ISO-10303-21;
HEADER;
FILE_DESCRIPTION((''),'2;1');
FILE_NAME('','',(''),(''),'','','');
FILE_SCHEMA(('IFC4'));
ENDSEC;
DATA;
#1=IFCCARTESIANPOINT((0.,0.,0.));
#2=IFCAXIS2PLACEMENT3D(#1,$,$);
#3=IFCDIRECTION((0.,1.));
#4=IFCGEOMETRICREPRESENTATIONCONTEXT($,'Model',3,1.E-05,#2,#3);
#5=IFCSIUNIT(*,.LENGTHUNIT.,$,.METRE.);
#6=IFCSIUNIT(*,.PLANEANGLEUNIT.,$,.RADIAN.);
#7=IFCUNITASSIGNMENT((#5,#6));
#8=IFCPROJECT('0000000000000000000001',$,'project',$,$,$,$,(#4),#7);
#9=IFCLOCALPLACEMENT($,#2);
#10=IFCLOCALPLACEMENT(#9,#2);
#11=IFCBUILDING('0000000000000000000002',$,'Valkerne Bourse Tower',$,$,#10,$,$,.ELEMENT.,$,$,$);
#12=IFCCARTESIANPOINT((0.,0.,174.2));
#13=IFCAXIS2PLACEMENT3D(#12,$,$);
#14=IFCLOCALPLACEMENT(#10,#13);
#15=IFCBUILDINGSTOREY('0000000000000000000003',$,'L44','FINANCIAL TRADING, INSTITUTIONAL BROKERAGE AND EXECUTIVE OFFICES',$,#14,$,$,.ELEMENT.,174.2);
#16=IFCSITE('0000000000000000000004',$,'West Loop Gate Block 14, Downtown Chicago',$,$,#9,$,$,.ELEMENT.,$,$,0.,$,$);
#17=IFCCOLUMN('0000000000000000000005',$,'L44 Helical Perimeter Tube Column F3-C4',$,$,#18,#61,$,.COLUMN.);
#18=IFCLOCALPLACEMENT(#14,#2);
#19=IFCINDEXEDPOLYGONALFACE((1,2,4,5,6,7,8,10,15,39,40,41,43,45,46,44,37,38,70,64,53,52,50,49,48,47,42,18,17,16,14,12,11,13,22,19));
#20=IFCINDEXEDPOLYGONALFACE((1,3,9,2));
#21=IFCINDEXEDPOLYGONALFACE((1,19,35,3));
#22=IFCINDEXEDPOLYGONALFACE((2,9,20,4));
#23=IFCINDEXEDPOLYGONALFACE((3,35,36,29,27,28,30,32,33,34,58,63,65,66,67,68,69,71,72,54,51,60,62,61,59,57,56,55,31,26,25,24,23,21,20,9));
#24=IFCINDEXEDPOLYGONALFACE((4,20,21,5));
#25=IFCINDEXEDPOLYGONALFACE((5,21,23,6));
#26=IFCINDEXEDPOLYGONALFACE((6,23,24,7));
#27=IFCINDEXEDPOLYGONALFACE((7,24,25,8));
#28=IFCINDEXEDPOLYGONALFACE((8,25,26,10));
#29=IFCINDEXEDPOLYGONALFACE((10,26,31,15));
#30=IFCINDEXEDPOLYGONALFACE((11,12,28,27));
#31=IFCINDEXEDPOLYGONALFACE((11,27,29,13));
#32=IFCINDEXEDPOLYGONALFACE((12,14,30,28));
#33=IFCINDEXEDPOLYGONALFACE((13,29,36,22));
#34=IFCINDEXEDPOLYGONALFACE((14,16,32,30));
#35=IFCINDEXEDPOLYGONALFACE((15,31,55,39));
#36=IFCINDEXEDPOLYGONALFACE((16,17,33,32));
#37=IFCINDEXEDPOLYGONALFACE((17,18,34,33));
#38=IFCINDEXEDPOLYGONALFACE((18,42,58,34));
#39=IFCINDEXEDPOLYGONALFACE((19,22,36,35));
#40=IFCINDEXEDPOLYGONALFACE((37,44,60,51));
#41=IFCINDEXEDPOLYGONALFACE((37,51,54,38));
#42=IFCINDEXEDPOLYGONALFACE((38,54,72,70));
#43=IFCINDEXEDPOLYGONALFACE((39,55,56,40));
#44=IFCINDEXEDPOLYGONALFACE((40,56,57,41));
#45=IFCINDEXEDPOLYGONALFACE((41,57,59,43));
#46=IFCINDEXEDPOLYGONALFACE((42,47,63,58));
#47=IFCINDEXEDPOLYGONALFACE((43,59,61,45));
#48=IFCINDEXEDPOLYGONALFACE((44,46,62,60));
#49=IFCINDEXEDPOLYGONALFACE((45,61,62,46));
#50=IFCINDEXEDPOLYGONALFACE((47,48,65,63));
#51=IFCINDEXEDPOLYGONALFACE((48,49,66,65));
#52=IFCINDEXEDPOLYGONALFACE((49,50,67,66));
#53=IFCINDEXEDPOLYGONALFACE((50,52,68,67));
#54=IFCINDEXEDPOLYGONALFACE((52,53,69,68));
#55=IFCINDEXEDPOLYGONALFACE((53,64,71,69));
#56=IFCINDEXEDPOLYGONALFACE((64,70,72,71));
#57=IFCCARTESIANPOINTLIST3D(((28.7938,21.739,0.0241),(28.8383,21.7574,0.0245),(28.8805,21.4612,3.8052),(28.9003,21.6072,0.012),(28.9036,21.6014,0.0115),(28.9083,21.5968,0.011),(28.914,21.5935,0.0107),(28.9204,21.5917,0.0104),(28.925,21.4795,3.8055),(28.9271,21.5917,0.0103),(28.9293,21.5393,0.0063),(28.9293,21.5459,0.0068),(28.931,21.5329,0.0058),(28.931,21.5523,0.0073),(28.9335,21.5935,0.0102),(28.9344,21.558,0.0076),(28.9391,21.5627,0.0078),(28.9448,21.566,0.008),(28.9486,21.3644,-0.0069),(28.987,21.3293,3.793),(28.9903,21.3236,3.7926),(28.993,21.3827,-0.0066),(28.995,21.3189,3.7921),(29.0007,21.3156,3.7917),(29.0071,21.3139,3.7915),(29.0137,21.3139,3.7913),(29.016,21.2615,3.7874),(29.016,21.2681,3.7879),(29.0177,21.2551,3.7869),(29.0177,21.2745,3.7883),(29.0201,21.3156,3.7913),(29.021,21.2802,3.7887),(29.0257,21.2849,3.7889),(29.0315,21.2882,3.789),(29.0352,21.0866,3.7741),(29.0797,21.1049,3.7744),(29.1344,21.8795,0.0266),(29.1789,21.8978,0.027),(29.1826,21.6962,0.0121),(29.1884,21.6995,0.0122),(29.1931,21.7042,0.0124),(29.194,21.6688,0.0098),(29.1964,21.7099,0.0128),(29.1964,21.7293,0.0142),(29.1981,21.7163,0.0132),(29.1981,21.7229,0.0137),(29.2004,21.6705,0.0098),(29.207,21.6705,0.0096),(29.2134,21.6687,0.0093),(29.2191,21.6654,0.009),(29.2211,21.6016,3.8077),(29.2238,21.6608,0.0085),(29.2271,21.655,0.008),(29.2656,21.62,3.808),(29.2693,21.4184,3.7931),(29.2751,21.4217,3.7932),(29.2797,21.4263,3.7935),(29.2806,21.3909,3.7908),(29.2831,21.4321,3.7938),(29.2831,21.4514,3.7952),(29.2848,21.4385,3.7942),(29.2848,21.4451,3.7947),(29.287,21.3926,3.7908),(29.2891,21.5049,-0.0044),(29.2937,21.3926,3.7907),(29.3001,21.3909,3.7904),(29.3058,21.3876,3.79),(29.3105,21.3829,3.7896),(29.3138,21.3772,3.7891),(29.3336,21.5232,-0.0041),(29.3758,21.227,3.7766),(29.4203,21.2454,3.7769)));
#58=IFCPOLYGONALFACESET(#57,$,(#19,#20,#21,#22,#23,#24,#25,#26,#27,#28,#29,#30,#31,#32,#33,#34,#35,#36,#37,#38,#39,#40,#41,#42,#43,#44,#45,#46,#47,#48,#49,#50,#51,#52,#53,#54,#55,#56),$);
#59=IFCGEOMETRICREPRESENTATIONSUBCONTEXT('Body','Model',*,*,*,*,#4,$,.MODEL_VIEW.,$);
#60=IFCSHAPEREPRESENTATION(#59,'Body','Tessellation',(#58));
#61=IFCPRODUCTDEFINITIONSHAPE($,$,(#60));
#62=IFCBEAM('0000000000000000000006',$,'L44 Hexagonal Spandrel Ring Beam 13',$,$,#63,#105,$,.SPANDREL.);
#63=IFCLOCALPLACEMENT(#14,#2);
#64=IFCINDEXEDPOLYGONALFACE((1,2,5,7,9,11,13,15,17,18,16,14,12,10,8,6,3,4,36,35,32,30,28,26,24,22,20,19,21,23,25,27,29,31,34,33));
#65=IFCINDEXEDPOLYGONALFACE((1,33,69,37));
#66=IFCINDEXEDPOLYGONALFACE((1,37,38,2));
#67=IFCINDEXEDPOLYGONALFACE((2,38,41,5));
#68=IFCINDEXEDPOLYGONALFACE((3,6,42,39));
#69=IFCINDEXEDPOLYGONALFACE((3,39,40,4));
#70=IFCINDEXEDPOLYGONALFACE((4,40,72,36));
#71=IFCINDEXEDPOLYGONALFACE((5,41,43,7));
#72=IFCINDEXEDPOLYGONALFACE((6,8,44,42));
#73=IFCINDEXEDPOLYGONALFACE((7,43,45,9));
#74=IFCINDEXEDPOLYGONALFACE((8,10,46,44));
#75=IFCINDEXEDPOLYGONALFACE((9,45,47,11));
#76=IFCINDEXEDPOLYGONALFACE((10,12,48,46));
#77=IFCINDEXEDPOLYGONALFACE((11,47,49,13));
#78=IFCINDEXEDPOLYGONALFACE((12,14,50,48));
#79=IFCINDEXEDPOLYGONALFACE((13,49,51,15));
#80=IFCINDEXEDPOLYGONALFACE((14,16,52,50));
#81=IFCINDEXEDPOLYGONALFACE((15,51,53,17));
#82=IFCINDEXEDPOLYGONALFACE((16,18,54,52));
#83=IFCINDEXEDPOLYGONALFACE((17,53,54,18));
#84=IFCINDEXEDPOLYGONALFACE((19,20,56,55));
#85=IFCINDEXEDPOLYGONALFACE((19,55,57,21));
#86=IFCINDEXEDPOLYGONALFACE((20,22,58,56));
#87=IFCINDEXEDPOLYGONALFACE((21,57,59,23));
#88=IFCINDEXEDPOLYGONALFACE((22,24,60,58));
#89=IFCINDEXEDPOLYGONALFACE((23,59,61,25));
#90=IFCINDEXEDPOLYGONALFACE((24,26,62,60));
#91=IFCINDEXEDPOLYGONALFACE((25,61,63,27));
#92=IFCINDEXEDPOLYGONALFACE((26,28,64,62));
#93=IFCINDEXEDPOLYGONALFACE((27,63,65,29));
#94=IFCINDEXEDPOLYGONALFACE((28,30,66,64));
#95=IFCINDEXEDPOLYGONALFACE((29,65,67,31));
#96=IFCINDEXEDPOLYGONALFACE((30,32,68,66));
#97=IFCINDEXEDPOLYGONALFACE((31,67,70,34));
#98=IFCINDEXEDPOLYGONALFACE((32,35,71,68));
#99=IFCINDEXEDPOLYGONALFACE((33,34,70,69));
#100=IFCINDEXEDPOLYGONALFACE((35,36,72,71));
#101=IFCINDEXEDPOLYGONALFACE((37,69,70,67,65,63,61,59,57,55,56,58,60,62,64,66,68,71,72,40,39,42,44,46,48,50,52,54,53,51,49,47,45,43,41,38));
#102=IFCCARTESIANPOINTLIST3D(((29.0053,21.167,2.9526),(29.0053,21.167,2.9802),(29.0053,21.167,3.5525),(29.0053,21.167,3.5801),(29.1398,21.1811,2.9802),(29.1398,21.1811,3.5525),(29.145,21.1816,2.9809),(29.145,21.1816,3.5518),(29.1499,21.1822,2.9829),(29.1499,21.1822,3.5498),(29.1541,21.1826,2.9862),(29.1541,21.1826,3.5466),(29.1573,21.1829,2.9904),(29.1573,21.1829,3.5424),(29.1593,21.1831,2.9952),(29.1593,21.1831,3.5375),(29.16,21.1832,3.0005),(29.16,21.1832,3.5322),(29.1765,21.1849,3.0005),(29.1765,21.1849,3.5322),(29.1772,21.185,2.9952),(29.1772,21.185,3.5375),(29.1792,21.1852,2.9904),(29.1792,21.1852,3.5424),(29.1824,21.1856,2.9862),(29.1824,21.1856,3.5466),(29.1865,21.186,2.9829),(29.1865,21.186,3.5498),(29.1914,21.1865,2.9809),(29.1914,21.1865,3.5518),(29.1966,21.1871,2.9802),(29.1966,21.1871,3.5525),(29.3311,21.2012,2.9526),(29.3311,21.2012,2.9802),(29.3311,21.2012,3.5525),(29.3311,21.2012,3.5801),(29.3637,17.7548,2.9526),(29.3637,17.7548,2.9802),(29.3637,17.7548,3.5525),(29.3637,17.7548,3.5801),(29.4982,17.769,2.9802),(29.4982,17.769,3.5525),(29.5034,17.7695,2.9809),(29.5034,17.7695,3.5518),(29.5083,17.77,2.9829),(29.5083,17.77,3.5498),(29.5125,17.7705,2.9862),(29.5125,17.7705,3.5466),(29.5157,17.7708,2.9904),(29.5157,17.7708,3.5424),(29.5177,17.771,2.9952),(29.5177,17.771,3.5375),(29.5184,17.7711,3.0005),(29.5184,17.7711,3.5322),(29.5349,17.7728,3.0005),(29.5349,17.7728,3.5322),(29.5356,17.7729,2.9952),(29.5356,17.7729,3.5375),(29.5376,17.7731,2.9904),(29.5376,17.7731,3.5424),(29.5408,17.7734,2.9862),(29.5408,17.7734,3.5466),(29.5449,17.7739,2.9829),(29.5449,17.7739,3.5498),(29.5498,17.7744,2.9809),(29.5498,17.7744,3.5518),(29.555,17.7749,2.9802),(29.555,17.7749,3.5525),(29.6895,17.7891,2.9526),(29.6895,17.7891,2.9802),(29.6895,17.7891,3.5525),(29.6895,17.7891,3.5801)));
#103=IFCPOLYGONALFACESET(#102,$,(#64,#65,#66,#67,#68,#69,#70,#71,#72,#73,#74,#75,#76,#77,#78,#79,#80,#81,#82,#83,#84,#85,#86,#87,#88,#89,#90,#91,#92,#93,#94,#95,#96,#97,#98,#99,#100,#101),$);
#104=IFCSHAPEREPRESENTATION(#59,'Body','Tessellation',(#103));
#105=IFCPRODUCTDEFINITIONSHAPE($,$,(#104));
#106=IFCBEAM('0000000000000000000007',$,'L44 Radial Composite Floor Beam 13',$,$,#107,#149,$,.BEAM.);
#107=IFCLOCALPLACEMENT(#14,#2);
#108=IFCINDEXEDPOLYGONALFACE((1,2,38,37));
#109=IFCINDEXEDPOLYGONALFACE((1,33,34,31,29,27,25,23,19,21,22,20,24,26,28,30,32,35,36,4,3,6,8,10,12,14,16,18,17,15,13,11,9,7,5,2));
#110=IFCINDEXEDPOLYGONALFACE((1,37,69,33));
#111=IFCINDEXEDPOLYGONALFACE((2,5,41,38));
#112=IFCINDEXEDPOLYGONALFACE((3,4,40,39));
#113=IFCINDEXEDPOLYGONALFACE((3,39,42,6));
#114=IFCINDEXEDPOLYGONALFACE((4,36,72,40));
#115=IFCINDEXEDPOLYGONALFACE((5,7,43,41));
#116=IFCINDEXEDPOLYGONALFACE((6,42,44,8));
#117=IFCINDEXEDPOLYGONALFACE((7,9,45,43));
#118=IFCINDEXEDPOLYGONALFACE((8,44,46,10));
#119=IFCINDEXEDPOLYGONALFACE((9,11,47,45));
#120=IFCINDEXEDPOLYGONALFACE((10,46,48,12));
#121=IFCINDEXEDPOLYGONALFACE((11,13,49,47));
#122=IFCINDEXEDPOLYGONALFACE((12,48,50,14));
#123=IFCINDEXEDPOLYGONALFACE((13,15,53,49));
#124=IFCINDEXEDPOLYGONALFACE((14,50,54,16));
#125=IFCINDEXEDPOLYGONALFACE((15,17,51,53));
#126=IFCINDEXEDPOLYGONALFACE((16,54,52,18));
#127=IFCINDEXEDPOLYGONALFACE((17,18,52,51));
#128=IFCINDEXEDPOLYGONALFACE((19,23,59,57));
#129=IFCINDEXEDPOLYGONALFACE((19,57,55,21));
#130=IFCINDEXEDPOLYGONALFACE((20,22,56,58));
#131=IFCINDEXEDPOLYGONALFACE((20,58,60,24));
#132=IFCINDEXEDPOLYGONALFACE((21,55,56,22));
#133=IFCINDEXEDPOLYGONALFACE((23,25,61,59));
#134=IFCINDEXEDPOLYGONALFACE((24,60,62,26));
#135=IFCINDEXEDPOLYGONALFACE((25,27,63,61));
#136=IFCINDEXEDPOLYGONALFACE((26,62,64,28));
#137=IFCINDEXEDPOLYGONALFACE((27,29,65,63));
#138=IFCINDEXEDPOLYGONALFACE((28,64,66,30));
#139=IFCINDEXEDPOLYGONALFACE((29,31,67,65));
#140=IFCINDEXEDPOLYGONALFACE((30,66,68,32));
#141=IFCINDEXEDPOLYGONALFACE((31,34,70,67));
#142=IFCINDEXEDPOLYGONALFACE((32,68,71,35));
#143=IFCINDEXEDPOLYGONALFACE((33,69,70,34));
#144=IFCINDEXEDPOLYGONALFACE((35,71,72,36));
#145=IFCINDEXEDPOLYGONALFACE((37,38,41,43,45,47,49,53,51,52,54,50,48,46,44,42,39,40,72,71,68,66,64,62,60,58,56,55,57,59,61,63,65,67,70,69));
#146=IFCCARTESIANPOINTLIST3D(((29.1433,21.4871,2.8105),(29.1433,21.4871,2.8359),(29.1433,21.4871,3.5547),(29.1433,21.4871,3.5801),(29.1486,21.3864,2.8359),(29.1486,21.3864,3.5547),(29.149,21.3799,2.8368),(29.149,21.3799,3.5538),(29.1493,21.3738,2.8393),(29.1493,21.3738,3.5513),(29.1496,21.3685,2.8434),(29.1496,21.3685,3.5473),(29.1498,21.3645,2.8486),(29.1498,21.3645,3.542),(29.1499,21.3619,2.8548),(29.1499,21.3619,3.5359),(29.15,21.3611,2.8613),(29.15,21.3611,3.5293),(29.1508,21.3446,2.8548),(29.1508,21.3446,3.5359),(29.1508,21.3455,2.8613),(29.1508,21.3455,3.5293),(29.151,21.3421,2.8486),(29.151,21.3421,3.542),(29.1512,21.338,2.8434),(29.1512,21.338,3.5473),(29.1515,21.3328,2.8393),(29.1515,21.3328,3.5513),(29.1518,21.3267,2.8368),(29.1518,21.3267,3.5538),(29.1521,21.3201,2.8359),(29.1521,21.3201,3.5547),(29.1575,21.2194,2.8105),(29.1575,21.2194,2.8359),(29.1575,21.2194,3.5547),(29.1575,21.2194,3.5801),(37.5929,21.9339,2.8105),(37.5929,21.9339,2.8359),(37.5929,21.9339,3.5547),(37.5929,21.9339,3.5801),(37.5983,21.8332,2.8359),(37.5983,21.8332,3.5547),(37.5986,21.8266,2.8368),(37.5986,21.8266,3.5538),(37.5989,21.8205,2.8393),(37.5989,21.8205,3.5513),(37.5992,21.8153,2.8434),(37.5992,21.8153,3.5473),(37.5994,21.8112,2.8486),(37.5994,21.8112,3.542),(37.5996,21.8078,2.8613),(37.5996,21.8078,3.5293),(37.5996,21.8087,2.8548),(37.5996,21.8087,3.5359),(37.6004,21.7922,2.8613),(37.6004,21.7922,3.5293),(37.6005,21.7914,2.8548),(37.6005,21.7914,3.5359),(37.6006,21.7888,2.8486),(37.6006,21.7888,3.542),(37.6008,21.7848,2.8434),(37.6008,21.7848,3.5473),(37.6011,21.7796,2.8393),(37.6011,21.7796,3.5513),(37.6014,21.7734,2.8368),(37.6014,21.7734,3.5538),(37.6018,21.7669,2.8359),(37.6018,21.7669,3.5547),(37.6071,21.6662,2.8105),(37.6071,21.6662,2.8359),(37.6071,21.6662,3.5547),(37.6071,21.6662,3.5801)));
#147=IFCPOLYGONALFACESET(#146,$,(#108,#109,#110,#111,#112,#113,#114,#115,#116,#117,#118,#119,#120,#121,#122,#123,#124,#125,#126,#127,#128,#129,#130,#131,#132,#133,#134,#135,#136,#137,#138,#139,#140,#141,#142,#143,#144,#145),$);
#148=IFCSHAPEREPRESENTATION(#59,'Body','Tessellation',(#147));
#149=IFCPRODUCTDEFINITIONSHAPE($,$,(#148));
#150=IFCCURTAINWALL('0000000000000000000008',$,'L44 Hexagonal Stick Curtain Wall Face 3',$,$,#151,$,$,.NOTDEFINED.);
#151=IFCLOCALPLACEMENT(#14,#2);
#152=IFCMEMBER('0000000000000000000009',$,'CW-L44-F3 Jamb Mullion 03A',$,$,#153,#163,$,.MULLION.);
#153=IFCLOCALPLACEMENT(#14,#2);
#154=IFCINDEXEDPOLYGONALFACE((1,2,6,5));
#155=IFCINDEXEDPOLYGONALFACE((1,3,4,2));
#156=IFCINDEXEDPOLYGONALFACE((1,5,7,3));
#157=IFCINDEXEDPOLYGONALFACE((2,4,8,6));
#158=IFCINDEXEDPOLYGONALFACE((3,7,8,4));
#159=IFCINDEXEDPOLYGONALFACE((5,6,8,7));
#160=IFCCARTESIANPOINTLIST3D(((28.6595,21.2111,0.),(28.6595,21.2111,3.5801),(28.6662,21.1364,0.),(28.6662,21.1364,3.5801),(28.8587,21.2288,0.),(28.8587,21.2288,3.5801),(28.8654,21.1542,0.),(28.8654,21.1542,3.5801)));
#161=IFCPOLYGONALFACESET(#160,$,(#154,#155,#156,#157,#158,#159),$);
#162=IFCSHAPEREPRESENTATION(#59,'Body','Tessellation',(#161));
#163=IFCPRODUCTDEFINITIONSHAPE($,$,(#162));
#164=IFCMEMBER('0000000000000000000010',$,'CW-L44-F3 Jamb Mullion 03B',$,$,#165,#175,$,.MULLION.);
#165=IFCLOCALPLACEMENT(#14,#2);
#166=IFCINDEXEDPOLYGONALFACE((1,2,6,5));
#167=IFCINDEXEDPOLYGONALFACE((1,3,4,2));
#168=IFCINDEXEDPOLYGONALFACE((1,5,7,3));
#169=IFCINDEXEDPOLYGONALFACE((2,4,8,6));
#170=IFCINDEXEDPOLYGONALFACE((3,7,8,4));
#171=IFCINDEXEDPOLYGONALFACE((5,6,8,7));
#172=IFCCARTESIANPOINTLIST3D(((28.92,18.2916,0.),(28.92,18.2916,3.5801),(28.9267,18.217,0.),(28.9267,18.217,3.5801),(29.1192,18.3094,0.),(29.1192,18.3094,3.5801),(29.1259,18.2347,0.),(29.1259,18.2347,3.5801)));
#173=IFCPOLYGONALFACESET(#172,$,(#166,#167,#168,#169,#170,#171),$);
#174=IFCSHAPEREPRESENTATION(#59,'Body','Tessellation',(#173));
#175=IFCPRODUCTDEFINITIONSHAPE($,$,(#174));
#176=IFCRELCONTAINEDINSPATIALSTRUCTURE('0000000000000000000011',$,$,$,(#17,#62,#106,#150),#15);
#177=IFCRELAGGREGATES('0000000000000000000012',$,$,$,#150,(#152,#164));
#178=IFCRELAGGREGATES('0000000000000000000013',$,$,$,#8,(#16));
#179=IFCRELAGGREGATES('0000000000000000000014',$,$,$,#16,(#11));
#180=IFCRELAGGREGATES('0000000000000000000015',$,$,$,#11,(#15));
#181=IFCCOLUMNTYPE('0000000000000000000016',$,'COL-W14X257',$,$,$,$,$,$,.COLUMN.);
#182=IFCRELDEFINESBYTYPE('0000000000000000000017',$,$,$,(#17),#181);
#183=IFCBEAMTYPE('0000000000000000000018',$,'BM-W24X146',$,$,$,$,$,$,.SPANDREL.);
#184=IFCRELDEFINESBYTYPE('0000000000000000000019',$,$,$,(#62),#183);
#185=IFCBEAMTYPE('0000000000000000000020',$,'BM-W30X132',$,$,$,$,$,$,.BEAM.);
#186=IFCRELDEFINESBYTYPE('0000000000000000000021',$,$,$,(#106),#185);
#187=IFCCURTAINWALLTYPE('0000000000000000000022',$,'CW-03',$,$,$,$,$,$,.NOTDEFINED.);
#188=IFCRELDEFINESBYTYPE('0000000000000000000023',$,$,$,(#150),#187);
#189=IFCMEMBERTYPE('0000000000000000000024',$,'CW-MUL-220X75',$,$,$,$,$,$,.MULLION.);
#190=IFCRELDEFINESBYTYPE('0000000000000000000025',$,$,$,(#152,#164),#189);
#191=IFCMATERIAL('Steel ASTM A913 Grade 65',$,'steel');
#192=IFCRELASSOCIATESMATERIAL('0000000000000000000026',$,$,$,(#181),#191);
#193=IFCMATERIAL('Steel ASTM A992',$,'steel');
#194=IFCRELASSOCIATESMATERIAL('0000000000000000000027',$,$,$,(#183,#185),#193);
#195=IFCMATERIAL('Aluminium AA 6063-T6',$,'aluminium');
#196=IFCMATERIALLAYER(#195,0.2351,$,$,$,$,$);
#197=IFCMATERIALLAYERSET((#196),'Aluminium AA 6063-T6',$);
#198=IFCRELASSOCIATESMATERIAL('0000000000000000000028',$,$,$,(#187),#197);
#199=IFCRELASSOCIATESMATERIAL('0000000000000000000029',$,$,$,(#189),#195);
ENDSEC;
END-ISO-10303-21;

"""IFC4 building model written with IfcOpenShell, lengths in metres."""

from ifc_helpers import new_model, si_unit, direction, frame, origin, origin_2d, place, context, subcontext, project, spatial, rectangle, i_section, extrude, material, layer, layer_set, material_profile, profile_set, type_object, element, aggregate, save


model = new_model("IFC4")

# Units and contexts
model_context = context("Model", 3, precision=1e-05, world=origin(), true_north=direction((0.0, 1.0)))
body_context = subcontext(model_context, "Body", "Model", "MODEL_VIEW")
ifc_project = project(units=[si_unit("LENGTHUNIT", "METRE"), si_unit("PLANEANGLEUNIT", "RADIAN")], contexts=[model_context])

# Site, building, storey
site_placement = place(None, origin())
site = spatial("IfcSite", under=ifc_project, at=site_placement, Name="West Loop Gate Block 14, Downtown Chicago", CompositionType="ELEMENT", RefElevation=0.0)
building_placement = place(site_placement, origin())
building = spatial("IfcBuilding", under=site, at=building_placement, Name="Valkerne Bourse Tower", CompositionType="ELEMENT")
storey_placement = place(building_placement, frame((0.0, 0.0, 174.2)))
storey = spatial("IfcBuildingStorey", under=building, at=storey_placement, Name="L44", Description="FINANCIAL TRADING, INSTITUTIONAL BROKERAGE AND EXECUTIVE OFFICES", CompositionType="ELEMENT", Elevation=174.2)

# Column
ifc_material_1 = material(Name="Steel ASTM A913 Grade 65", Category="steel")
ifc_material_profile_1 = material_profile(ifc_material_1, i_section(OverallWidth=0.4065, OverallDepth=0.4165, WebThickness=0.0298, FlangeThickness=0.0481, FilletRadius=0.0254, at=origin_2d()), Name="W14X257")
ifc_profile_set_1 = profile_set([ifc_material_profile_1], Name="Steel ASTM A913 Grade 65")
column_type = type_object("IfcColumnType", Name="COL-W14X257", PredefinedType="COLUMN", material=ifc_profile_set_1)
column_placement = place(storey_placement, frame((29.0637, 21.6311, 0.01), z_axis=(0.022855, -0.073264, 0.997051), x_axis=(0.380605, -0.921573, -0.076442)))
element("IfcColumn", 1, at=column_placement, inside=storey, type_object=column_type, Name="L44 Helical Perimeter Tube Column F3-C4", PredefinedType="COLUMN", context=body_context, shape_type="SweptSolid", body=[
    extrude(i_section(OverallWidth=0.4065, OverallDepth=0.4165, WebThickness=0.0298, FlangeThickness=0.0481, FilletRadius=0.0254, at=origin_2d()), origin(), (0.0, 0.0, 1.0), 3.7922),
])

# Beams
ifc_material_2 = material(Name="Steel ASTM A992", Category="steel")
ifc_material_profile_2 = material_profile(ifc_material_2, i_section(OverallWidth=0.3276, OverallDepth=0.6274, WebThickness=0.0166, FlangeThickness=0.0276, FilletRadius=0.0203, at=origin_2d()), Name="W24X146")
ifc_profile_set_2 = profile_set([ifc_material_profile_2], Name="Steel ASTM A992")
beam_type_1 = type_object("IfcBeamType", Name="BM-W24X146", PredefinedType="SPANDREL", material=ifc_profile_set_2)
beam_1_placement = place(storey_placement, frame((29.1682, 21.1841, 3.2664), z_axis=(0.104463, -0.994529, 0.0), x_axis=(0.994529, 0.104463, 0.0)))
element("IfcBeam", 2, at=beam_1_placement, inside=storey, type_object=beam_type_1, Name="L44 Hexagonal Spandrel Ring Beam 13", PredefinedType="SPANDREL", context=body_context, shape_type="SweptSolid", body=[
    extrude(i_section(OverallWidth=0.3276, OverallDepth=0.6274, WebThickness=0.0166, FlangeThickness=0.0276, FilletRadius=0.0203, at=origin_2d()), origin(), (0.0, 0.0, 1.0), 3.4309),
])
ifc_material_profile_3 = material_profile(ifc_material_2, i_section(OverallWidth=0.2681, OverallDepth=0.7695, WebThickness=0.0156, FlangeThickness=0.0254, FilletRadius=0.0254, at=origin_2d()), Name="W30X132")
ifc_profile_set_3 = profile_set([ifc_material_profile_3], Name="Steel ASTM A992")
beam_type_2 = type_object("IfcBeamType", Name="BM-W30X132", PredefinedType="BEAM", material=ifc_profile_set_3)
beam_2_placement = place(storey_placement, frame((29.1504, 21.3533, 3.1953), z_axis=(0.998605, 0.052801, 0.0), x_axis=(-0.052801, 0.998605, 0.0)))
element("IfcBeam", 3, at=beam_2_placement, inside=storey, type_object=beam_type_2, Name="L44 Radial Composite Floor Beam 13", PredefinedType="BEAM", context=body_context, shape_type="SweptSolid", body=[
    extrude(i_section(OverallWidth=0.2681, OverallDepth=0.7695, WebThickness=0.0156, FlangeThickness=0.0254, FilletRadius=0.0254, at=origin_2d()), origin(), (0.0, 0.0, 1.0), 8.4614),
])

# Curtain wall, members
ifc_material_3 = material(Name="Aluminium AA 6063-T6", Category="aluminium")
ifc_layer_1 = layer(ifc_material_3, 0.2351)
ifc_layer_set_1 = layer_set([ifc_layer_1], Name="Aluminium AA 6063-T6")
curtain_wall_type = type_object("IfcCurtainWallType", Name="CW-03", PredefinedType="NOTDEFINED", material=ifc_layer_set_1)
curtain_wall_placement = place(storey_placement, origin())
curtain_wall = element("IfcCurtainWall", 4, at=curtain_wall_placement, inside=storey, type_object=curtain_wall_type, Name="L44 Hexagonal Stick Curtain Wall Face 3", PredefinedType="NOTDEFINED")
ifc_material_profile_4 = material_profile(ifc_material_3, rectangle(XDim=0.075, YDim=0.2, at=origin_2d()), Name="CWM-75X200")
ifc_profile_set_4 = profile_set([ifc_material_profile_4], Name="Aluminium AA 6063-T6")
member_type_1 = type_object("IfcMemberType", Name="CW-MUL-220X75", PredefinedType="MULLION", material=ifc_profile_set_4)
member_1_placement = place(storey_placement, frame((28.7625, 21.1826, 0.0), z_axis=(0.0, 0.0, 1.0), x_axis=(0.088888, -0.996042, 0.0)))
member_1 = element("IfcMember", 5, at=member_1_placement, type_object=member_type_1, Name="CW-L44-F3 Jamb Mullion 03A", PredefinedType="MULLION", context=body_context, shape_type="SweptSolid", body=[
    extrude(rectangle(XDim=0.075, YDim=0.2, at=origin_2d()), origin(), (0.0, 0.0, 1.0), 3.5801),
])
member_2_placement = place(storey_placement, frame((29.0229, 18.2632, 0.0), z_axis=(0.0, 0.0, 1.0), x_axis=(0.088888, -0.996042, 0.0)))
member_2 = element("IfcMember", 6, at=member_2_placement, type_object=member_type_1, Name="CW-L44-F3 Jamb Mullion 03B", PredefinedType="MULLION", context=body_context, shape_type="SweptSolid", body=[
    extrude(rectangle(XDim=0.075, YDim=0.2, at=origin_2d()), origin(), (0.0, 0.0, 1.0), 3.5801),
])

aggregate(curtain_wall, [member_1, member_2])

save(model, "model.ifc")
